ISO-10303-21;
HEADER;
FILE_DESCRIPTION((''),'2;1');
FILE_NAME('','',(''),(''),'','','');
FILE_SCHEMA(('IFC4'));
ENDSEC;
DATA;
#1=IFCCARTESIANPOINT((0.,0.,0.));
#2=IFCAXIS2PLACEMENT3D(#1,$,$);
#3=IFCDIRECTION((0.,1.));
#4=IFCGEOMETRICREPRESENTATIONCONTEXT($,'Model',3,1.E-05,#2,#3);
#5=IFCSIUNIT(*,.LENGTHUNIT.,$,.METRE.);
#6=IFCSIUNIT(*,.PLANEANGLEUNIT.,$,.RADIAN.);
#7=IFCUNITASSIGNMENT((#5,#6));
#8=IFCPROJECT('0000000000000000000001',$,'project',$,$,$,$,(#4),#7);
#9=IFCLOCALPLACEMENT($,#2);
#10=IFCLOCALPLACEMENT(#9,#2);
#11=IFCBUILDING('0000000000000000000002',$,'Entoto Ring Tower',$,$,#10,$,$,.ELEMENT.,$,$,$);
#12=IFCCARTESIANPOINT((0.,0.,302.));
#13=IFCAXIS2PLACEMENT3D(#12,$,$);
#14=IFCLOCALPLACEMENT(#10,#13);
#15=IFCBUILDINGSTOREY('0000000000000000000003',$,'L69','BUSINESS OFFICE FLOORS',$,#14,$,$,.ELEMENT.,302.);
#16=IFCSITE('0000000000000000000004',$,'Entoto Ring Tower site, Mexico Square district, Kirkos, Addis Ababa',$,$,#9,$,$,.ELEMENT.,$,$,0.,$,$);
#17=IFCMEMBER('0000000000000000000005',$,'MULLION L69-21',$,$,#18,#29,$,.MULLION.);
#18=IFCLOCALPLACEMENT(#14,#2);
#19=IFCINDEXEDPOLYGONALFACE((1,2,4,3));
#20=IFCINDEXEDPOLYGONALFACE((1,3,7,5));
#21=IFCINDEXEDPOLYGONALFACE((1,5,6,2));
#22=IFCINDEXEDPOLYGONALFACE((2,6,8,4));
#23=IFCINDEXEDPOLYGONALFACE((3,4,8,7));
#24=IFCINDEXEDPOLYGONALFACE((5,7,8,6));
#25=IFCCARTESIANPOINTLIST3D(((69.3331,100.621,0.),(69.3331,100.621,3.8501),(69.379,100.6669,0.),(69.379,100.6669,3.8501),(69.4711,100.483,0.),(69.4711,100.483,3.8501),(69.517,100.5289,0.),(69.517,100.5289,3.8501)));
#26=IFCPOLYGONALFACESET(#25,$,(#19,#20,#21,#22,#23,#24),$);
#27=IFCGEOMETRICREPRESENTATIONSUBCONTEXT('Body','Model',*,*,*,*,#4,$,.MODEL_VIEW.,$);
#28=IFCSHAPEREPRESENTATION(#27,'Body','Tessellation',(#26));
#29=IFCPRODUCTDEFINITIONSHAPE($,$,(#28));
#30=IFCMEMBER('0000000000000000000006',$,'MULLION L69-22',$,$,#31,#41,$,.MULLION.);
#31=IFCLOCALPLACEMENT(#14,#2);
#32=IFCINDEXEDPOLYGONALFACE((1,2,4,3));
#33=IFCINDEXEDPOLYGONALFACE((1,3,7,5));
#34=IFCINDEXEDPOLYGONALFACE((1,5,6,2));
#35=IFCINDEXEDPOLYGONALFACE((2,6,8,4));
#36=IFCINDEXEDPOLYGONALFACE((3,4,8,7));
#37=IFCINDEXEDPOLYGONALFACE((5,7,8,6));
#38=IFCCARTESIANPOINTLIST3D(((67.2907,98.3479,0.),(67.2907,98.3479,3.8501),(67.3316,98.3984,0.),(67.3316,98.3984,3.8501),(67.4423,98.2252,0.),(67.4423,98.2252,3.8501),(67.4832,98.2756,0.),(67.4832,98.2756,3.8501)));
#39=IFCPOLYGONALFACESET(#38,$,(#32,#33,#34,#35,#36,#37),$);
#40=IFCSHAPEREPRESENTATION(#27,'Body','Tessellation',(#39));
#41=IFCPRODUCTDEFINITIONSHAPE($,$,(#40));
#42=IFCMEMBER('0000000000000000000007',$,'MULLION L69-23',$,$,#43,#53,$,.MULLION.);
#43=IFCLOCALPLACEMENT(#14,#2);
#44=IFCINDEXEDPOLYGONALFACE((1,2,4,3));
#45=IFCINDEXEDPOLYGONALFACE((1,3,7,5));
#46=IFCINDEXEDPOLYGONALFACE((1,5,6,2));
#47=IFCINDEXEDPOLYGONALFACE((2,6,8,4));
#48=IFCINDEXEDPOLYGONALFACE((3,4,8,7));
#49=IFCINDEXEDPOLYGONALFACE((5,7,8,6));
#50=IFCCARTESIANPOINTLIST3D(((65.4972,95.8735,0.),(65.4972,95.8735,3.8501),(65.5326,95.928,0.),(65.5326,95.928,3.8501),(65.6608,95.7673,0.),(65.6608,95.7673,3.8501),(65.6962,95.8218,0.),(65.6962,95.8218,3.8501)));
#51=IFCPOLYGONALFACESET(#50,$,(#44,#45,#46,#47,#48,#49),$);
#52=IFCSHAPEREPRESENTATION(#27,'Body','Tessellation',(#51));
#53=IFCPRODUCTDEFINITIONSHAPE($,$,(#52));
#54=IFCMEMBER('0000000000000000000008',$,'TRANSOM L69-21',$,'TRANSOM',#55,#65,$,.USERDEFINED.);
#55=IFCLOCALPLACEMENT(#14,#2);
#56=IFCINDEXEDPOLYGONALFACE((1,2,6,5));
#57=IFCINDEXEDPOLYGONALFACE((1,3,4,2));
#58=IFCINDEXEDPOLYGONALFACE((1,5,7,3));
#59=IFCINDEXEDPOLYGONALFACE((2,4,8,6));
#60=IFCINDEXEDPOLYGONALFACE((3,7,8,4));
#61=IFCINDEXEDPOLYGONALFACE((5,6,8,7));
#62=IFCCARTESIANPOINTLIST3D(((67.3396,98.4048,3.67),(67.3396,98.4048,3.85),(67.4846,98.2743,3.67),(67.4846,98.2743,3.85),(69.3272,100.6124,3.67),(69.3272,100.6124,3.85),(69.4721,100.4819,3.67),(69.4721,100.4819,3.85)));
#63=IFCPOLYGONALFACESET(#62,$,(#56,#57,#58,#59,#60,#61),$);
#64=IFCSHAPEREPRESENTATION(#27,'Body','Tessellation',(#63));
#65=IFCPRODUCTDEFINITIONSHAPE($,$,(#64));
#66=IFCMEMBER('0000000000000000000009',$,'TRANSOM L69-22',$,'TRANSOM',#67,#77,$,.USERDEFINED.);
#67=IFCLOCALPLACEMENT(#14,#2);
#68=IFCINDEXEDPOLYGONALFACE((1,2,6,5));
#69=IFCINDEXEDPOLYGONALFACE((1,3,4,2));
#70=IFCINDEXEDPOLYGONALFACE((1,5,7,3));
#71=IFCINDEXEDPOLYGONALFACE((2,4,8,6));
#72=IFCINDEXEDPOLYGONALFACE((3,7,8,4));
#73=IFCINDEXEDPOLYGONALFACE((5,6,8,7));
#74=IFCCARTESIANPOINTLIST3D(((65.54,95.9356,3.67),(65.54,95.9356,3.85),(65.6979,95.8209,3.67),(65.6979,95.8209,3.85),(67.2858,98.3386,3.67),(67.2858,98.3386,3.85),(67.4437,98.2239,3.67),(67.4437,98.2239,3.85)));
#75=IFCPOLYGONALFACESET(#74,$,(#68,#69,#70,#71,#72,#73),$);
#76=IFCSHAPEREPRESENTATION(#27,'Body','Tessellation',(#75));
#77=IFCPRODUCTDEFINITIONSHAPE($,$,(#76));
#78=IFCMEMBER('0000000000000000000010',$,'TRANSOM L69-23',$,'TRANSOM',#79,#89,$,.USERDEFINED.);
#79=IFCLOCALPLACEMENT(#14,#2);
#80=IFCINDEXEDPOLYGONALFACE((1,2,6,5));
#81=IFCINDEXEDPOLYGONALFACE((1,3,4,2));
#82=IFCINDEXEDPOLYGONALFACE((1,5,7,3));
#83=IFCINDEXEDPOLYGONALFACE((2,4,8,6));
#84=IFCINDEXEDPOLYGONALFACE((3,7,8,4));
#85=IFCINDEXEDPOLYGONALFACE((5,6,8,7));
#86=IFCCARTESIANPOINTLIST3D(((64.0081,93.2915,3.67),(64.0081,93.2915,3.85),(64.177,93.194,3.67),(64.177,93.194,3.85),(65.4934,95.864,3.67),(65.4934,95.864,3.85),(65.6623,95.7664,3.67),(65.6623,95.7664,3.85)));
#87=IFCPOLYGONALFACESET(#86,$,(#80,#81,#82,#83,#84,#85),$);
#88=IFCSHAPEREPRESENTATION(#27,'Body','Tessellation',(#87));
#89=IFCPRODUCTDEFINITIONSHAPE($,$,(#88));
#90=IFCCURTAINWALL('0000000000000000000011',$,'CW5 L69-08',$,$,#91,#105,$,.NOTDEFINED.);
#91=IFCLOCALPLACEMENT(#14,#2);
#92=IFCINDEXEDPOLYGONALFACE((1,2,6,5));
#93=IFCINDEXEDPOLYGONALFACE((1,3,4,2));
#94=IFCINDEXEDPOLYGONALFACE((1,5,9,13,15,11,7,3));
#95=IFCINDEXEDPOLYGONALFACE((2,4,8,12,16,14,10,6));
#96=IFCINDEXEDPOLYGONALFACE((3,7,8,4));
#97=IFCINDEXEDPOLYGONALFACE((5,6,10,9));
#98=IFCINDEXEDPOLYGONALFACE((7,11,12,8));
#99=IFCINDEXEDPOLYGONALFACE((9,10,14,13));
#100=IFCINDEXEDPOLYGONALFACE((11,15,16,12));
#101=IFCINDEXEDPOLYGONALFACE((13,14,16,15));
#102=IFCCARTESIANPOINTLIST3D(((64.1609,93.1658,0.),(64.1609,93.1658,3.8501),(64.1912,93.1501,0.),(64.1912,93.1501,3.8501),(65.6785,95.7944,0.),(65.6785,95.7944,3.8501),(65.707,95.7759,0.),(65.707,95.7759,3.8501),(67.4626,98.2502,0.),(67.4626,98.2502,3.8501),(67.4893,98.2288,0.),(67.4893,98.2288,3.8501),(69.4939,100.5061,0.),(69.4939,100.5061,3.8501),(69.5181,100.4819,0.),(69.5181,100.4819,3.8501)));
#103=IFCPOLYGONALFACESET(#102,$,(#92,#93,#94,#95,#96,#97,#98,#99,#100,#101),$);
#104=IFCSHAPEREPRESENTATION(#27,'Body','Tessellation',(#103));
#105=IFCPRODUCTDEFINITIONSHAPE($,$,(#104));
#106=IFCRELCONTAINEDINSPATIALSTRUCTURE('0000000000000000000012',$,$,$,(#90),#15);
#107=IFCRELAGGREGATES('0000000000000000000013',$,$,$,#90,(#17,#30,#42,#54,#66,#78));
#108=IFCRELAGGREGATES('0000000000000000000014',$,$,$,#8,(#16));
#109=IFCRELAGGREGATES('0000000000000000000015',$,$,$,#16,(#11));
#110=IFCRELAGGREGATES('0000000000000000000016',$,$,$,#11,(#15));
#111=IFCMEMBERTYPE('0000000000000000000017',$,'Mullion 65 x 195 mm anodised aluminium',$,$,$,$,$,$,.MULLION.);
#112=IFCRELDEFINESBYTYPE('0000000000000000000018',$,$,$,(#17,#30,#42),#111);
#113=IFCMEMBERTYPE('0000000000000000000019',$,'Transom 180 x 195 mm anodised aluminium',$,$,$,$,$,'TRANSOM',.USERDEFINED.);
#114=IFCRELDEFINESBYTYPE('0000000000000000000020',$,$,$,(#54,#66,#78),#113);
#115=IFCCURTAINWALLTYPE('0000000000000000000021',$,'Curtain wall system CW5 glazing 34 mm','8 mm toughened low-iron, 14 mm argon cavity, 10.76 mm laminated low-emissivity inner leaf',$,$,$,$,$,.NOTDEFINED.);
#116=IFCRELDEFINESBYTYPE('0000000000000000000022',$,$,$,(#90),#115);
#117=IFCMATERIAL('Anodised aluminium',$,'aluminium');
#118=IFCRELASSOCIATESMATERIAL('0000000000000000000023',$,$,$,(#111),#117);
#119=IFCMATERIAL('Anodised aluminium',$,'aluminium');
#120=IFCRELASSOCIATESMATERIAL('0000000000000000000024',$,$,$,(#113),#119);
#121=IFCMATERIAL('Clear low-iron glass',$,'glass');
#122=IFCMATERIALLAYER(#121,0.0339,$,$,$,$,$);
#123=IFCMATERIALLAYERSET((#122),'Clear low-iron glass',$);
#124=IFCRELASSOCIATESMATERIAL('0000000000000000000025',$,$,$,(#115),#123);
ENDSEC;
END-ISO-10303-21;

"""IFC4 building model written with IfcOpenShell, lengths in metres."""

from ifc_helpers import new_model, si_unit, direction, frame, origin, origin_2d, place, context, subcontext, project, spatial, polyline, rectangle, outline, extrude, material, layer, layer_set, material_profile, profile_set, type_object, element, aggregate, save


model = new_model("IFC4")

# Units and contexts
model_context = context("Model", 3, precision=1e-05, world=origin(), true_north=direction((0.0, 1.0)))
body_context = subcontext(model_context, "Body", "Model", "MODEL_VIEW")
ifc_project = project(units=[si_unit("LENGTHUNIT", "METRE"), si_unit("PLANEANGLEUNIT", "RADIAN")], contexts=[model_context])

# Members
ifc_material_1 = material(Name="Anodised aluminium", Category="aluminium")
ifc_material_profile_1 = material_profile(ifc_material_1, rectangle(XDim=0.0649, YDim=0.1951, at=origin_2d()), Name="Mullion 65 x 195 mm anodised aluminium")
ifc_profile_set_1 = profile_set([ifc_material_profile_1], Name="Anodised aluminium")
member_type_1 = type_object("IfcMemberType", Name="Mullion 65 x 195 mm anodised aluminium", PredefinedType="MULLION", material=ifc_profile_set_1)
site_placement = place(None, origin())
building_placement = place(site_placement, origin())
storey_placement = place(building_placement, frame((0.0, 0.0, 302.0)))
member_1_placement = place(storey_placement, frame((69.425, 100.575, 0.0), z_axis=(0.0, 0.0, 1.0), x_axis=(-0.707107, -0.707107, 0.0)))
member_1 = element("IfcMember", 1, at=member_1_placement, type_object=member_type_1, Name="MULLION L69-21", PredefinedType="MULLION", context=body_context, shape_type="SweptSolid", body=[
    extrude(rectangle(XDim=0.0649, YDim=0.1951, at=origin_2d()), origin(), (0.0, 0.0, 1.0), 3.8501),
])
member_2_placement = place(storey_placement, frame((67.387, 98.3118, 0.0), z_axis=(0.0, 0.0, 1.0), x_axis=(-0.62932, -0.777146, 0.0)))
member_2 = element("IfcMember", 2, at=member_2_placement, type_object=member_type_1, Name="MULLION L69-22", PredefinedType="MULLION", context=body_context, shape_type="SweptSolid", body=[
    extrude(rectangle(XDim=0.0649, YDim=0.1951, at=origin_2d()), origin(), (0.0, 0.0, 1.0), 3.8501),
])
member_3_placement = place(storey_placement, frame((65.5967, 95.8477, 0.0), z_axis=(0.0, 0.0, 1.0), x_axis=(-0.544639, -0.838671, 0.0)))
member_3 = element("IfcMember", 3, at=member_3_placement, type_object=member_type_1, Name="MULLION L69-23", PredefinedType="MULLION", context=body_context, shape_type="SweptSolid", body=[
    extrude(rectangle(XDim=0.0649, YDim=0.1951, at=origin_2d()), origin(), (0.0, 0.0, 1.0), 3.8501),
])
ifc_material_2 = material(Name="Anodised aluminium", Category="aluminium")
ifc_material_profile_2 = material_profile(ifc_material_2, rectangle(XDim=0.1951, YDim=0.1799, at=origin_2d()), Name="Transom 180 x 195 mm anodised aluminium")
ifc_profile_set_2 = profile_set([ifc_material_profile_2], Name="Anodised aluminium")
member_type_2 = type_object("IfcMemberType", Name="Transom 180 x 195 mm anodised aluminium", ElementType="TRANSOM", PredefinedType="USERDEFINED", material=ifc_profile_set_2)
member_4_placement = place(storey_placement, frame((69.3997, 100.5471, 3.76), z_axis=(-0.66911, -0.743163, 0.0), x_axis=(0.743163, -0.66911, 0.0)))
member_4 = element("IfcMember", 4, at=member_4_placement, type_object=member_type_2, Name="TRANSOM L69-21", ObjectType="TRANSOM", PredefinedType="USERDEFINED", context=body_context, shape_type="SweptSolid", body=[
    extrude(rectangle(XDim=0.1951, YDim=0.1799, at=origin_2d()), origin(), (0.0, 0.0, 1.0), 2.9705),
])
member_5_placement = place(storey_placement, frame((67.3647, 98.2812, 3.76), z_axis=(-0.587766, -0.809031, 0.0), x_axis=(0.809031, -0.587766, 0.0)))
member_5 = element("IfcMember", 5, at=member_5_placement, type_object=member_type_2, Name="TRANSOM L69-22", ObjectType="TRANSOM", PredefinedType="USERDEFINED", context=body_context, shape_type="SweptSolid", body=[
    extrude(rectangle(XDim=0.1951, YDim=0.1799, at=origin_2d()), origin(), (0.0, 0.0, 1.0), 2.9702),
])
member_6_placement = place(storey_placement, frame((65.5779, 95.8152, 3.76), z_axis=(-0.500028, -0.866009, 0.0), x_axis=(0.866009, -0.500028, 0.0)))
member_6 = element("IfcMember", 6, at=member_6_placement, type_object=member_type_2, Name="TRANSOM L69-23", ObjectType="TRANSOM", PredefinedType="USERDEFINED", context=body_context, shape_type="SweptSolid", body=[
    extrude(rectangle(XDim=0.1951, YDim=0.1799, at=origin_2d()), origin(), (0.0, 0.0, 1.0), 2.9705),
])

# Site, building, storey
site = spatial("IfcSite", under=ifc_project, at=site_placement, Name="Entoto Ring Tower site, Mexico Square district, Kirkos, Addis Ababa", CompositionType="ELEMENT", RefElevation=0.0)
building = spatial("IfcBuilding", under=site, at=building_placement, Name="Entoto Ring Tower", CompositionType="ELEMENT")
storey = spatial("IfcBuildingStorey", under=building, at=storey_placement, Name="L69", Description="BUSINESS OFFICE FLOORS", CompositionType="ELEMENT", Elevation=302.0)

# Curtain wall
ifc_material_3 = material(Name="Clear low-iron glass", Category="glass")
ifc_layer = layer(ifc_material_3, 0.0339)
ifc_layer_set = layer_set([ifc_layer], Name="Clear low-iron glass")
curtain_wall_type = type_object("IfcCurtainWallType", Name="Curtain wall system CW5 glazing 34 mm", Description="8 mm toughened low-iron, 14 mm argon cavity, 10.76 mm laminated low-emissivity inner leaf", PredefinedType="NOTDEFINED", material=ifc_layer_set)
curtain_wall_1_placement = place(storey_placement, origin())
curtain_wall_1 = element("IfcCurtainWall", 7, at=curtain_wall_1_placement, inside=storey, type_object=curtain_wall_type, Name="CW5 L69-08", PredefinedType="NOTDEFINED", context=body_context, shape_type="SweptSolid", body=[
    extrude(outline(polyline([(69.4939, 100.5061), (67.4626, 98.2502), (65.6785, 95.7944), (64.1609, 93.1658), (64.1912, 93.1501), (65.707, 95.7759), (67.4893, 98.2288), (69.5181, 100.4819), (69.4939, 100.5061)])), origin(), (0.0, 0.0, 1.0), 3.8501),
])
aggregate(curtain_wall_1, [member_1, member_2, member_3, member_4, member_5, member_6])

save(model, "model.ifc")
